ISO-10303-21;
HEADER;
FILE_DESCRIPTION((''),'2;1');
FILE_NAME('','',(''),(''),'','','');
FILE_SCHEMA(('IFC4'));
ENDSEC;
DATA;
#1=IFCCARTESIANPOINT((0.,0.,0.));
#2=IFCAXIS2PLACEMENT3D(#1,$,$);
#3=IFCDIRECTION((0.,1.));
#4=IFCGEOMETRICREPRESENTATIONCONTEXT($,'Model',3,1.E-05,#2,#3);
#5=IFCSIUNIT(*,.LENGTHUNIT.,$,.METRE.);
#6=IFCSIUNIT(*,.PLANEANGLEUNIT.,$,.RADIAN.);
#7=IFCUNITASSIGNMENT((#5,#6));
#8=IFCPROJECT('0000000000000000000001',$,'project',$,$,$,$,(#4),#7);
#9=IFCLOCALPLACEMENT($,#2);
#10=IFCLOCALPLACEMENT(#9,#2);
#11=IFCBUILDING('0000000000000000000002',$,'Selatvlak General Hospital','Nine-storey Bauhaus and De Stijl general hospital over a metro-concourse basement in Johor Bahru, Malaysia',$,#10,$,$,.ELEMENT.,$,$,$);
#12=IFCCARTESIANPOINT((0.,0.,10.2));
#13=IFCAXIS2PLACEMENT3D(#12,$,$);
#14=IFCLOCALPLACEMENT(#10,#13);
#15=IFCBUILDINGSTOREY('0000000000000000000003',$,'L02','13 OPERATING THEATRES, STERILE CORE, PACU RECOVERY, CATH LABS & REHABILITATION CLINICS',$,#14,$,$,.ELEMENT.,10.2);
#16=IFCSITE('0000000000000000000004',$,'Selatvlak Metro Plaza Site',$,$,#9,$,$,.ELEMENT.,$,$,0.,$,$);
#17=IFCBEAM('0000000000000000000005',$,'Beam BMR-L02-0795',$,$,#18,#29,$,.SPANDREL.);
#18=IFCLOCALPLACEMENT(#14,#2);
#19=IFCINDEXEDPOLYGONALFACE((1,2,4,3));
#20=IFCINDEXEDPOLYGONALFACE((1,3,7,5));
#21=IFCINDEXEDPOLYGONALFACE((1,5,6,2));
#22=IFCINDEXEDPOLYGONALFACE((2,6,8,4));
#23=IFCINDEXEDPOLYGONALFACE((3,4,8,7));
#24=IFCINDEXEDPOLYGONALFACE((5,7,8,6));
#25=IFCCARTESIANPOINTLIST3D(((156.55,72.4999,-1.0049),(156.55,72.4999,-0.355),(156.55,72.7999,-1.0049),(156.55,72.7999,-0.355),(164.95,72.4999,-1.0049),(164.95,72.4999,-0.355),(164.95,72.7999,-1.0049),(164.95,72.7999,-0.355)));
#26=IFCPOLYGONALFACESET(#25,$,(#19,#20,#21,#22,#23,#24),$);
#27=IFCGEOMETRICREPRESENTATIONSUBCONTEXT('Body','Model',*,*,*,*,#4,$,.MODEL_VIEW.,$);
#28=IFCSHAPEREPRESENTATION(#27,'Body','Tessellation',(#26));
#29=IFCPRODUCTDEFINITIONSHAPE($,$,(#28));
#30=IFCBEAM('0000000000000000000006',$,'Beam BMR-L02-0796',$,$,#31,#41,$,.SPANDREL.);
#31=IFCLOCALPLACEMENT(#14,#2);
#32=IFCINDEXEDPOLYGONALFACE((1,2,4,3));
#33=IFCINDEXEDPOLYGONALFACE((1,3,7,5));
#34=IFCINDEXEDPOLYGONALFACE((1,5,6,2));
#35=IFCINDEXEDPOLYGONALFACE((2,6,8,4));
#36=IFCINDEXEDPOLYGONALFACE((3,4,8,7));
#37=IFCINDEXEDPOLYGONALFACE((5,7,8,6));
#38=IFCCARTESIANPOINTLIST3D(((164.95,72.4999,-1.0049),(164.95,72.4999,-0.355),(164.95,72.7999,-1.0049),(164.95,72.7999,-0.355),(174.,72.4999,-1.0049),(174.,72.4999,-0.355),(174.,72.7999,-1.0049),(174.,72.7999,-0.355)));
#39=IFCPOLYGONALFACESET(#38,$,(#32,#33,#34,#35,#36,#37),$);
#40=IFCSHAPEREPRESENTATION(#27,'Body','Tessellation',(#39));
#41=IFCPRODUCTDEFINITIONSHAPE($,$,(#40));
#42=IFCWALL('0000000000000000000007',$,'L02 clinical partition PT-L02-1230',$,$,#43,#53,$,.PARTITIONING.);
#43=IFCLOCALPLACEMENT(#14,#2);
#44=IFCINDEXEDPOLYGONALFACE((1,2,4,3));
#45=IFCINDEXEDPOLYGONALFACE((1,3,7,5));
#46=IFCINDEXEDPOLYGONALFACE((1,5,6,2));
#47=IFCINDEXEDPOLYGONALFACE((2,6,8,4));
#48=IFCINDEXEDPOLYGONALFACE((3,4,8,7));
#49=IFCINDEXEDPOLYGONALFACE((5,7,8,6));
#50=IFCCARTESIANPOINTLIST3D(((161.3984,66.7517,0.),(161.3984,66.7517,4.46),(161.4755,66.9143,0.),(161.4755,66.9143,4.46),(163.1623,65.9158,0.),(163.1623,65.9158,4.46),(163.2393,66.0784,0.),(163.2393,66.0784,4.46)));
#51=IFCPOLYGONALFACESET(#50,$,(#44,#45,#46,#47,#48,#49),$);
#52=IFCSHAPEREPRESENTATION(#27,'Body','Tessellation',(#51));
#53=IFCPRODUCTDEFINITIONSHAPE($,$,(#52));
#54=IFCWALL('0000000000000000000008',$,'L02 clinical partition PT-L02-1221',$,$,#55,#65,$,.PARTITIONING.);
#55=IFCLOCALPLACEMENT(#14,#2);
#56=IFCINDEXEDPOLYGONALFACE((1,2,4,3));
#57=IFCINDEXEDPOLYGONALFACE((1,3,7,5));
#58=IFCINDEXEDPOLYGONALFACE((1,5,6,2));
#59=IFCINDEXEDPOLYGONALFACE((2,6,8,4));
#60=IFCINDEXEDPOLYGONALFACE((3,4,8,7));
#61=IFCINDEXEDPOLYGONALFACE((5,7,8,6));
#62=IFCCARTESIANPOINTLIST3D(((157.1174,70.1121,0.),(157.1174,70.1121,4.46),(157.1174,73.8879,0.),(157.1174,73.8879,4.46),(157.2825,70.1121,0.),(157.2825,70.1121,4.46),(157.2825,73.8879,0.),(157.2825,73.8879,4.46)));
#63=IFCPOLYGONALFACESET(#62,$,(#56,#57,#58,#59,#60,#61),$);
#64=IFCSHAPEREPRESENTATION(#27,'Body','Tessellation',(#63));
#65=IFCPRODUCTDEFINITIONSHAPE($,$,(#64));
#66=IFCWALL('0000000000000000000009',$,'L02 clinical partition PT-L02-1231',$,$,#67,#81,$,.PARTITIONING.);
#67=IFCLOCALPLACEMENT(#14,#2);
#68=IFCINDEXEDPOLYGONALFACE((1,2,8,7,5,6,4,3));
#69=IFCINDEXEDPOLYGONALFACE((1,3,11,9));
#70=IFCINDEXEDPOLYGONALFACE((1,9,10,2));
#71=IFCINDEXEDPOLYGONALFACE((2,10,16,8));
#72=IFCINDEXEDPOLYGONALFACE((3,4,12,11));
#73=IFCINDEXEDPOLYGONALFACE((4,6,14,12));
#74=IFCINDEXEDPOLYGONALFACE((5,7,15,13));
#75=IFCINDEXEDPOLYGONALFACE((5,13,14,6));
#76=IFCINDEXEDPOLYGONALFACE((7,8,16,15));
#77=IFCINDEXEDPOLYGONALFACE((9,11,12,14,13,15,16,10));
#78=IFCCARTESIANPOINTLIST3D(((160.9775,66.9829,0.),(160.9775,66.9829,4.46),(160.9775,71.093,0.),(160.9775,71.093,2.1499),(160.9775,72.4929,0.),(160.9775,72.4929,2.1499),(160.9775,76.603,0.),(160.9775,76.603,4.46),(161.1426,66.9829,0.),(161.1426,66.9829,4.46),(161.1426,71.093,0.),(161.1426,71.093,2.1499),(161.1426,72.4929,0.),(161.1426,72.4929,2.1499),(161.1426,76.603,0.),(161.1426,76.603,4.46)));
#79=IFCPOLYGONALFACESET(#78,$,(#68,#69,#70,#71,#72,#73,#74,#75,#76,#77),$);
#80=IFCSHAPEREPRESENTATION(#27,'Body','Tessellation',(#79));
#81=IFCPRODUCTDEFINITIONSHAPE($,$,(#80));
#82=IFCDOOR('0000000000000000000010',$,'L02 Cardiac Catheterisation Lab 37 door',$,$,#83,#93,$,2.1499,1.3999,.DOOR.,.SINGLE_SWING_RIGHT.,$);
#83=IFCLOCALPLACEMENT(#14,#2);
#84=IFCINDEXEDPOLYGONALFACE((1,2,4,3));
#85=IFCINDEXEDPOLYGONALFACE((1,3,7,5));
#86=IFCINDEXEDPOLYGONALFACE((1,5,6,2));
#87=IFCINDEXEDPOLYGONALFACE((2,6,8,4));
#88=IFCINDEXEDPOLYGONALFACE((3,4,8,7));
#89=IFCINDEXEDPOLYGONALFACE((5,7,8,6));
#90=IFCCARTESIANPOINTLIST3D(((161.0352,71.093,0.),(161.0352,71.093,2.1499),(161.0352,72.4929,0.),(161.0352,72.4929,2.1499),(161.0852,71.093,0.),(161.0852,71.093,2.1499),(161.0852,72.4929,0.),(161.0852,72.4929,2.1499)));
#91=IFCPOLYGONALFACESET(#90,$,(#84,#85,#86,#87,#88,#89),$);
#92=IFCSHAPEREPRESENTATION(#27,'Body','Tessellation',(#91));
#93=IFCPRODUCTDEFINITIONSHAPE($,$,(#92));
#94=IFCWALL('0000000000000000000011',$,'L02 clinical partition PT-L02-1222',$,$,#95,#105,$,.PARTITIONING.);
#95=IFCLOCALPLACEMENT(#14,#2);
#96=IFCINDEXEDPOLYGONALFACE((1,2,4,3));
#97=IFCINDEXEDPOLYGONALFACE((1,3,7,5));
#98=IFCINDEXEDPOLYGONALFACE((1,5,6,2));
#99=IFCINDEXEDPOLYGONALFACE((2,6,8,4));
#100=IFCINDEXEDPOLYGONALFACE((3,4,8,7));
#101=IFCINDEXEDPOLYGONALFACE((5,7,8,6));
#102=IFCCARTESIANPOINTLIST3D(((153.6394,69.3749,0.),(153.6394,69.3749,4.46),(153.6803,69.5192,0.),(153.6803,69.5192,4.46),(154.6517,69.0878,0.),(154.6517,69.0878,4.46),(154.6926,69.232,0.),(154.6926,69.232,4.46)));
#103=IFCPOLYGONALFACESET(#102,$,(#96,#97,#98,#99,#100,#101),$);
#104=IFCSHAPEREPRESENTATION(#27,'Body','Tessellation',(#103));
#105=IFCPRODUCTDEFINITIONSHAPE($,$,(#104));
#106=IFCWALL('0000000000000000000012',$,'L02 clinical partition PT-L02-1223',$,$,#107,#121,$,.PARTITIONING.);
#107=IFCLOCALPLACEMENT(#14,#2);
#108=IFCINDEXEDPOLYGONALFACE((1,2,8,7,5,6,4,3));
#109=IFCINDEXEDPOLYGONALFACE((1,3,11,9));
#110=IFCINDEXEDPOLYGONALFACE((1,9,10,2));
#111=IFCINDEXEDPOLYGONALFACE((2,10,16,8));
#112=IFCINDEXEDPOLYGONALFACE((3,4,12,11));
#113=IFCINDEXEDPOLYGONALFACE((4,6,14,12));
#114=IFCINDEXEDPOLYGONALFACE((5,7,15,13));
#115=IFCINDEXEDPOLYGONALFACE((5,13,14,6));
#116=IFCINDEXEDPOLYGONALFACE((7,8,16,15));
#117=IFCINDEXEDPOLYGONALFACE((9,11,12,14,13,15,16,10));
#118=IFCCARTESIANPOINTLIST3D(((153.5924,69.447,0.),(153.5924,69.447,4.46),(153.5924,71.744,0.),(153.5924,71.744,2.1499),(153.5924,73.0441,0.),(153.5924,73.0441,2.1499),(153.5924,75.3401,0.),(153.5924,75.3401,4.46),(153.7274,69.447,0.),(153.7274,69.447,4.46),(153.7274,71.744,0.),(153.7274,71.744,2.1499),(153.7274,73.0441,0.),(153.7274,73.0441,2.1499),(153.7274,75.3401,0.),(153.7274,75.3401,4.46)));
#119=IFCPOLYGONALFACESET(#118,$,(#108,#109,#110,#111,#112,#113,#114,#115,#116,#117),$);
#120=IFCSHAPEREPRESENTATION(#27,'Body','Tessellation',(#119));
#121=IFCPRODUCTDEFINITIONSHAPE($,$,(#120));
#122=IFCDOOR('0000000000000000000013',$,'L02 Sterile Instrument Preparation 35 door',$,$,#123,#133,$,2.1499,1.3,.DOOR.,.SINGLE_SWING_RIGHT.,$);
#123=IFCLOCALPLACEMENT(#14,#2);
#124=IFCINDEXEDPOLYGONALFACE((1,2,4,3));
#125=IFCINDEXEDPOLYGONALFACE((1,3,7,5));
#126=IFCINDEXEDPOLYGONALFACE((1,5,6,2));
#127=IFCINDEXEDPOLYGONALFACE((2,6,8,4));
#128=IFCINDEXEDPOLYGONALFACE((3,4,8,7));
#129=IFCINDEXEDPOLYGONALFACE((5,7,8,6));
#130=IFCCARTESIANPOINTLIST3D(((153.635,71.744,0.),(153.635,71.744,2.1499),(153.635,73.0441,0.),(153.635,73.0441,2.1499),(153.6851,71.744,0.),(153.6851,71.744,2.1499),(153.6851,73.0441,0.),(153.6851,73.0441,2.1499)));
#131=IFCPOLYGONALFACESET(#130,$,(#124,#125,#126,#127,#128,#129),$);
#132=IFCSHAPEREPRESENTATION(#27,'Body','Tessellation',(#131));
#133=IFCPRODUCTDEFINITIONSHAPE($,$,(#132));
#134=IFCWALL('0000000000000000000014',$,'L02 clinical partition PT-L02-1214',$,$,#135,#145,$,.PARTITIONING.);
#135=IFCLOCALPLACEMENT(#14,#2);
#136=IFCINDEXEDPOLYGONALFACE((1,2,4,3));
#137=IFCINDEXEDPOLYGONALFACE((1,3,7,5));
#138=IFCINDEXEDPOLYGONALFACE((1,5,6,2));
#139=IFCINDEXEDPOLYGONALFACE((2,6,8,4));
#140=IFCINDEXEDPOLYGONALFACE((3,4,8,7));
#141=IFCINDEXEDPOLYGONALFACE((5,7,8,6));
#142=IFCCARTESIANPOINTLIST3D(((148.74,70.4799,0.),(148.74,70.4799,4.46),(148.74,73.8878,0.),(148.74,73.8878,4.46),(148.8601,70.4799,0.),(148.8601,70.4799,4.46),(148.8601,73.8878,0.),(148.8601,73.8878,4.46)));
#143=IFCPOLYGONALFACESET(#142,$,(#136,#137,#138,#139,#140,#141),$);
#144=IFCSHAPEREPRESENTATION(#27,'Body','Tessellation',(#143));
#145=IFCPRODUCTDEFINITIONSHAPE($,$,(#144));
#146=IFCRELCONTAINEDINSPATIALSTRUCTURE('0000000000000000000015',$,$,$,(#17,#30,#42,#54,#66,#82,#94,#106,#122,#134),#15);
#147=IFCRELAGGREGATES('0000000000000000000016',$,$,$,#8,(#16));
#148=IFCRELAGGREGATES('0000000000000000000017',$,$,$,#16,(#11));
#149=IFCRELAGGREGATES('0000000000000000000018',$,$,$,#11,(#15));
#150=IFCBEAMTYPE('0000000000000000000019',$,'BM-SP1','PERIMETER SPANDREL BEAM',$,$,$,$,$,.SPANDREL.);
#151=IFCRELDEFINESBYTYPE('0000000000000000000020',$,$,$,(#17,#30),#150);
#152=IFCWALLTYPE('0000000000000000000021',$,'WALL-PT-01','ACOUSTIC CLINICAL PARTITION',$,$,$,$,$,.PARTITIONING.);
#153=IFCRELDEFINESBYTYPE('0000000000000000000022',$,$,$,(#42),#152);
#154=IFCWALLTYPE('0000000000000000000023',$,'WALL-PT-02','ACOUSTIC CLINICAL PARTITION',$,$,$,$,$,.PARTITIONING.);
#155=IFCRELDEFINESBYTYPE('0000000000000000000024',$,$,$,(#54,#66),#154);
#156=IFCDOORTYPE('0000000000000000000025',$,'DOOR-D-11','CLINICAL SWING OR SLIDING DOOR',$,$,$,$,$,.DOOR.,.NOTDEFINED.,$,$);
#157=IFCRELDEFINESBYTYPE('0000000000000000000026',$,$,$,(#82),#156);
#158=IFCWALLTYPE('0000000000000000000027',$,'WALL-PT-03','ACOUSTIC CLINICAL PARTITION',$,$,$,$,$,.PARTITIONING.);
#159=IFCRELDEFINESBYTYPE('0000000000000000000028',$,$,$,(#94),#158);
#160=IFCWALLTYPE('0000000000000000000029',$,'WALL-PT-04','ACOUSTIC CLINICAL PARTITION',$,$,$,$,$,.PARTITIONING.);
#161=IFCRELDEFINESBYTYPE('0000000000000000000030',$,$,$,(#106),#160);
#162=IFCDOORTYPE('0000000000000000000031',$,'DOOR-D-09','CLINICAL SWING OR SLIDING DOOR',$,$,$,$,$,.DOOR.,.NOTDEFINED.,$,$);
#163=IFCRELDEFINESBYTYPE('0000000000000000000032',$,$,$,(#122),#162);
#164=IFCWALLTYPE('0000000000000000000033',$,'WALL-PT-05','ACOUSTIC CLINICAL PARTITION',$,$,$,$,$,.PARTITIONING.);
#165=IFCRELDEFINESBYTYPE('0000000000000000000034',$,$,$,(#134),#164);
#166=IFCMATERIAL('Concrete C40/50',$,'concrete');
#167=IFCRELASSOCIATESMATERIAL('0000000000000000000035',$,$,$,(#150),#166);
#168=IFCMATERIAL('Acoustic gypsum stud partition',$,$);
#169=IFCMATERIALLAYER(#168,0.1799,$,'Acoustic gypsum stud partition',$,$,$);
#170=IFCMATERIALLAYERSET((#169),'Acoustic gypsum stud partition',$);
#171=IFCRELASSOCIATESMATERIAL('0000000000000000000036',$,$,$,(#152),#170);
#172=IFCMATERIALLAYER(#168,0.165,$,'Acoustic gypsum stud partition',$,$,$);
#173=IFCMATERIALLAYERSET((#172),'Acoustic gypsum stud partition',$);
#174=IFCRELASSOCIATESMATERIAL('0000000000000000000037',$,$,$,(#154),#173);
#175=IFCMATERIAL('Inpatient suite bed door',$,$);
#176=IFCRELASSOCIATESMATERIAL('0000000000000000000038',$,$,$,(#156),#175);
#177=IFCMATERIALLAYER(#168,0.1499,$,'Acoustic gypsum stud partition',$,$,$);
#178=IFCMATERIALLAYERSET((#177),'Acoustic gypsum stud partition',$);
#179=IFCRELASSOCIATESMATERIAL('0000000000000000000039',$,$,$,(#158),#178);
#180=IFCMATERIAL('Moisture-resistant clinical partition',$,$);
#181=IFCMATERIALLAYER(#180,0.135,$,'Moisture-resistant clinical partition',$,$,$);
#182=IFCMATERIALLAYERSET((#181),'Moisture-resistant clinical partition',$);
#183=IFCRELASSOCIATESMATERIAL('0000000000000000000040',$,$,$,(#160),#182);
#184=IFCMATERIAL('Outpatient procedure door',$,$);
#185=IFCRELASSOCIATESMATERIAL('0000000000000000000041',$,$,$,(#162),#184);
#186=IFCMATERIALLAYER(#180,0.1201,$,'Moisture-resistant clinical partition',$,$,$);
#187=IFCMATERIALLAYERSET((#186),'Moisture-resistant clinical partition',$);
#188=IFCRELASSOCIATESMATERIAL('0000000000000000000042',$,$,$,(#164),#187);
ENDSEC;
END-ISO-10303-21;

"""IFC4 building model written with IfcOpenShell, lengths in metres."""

from ifc_helpers import new_model, si_unit, direction, frame, frame_2d, origin, origin_2d, place, context, subcontext, project, spatial, rectangle, extrude, material, layer, layer_set, material_profile, profile_set, type_object, element, fill, save


model = new_model("IFC4")

# Units and contexts
model_context = context("Model", 3, precision=1e-05, world=origin(), true_north=direction((0.0, 1.0)))
body_context = subcontext(model_context, "Body", "Model", "MODEL_VIEW")
ifc_project = project(units=[si_unit("LENGTHUNIT", "METRE"), si_unit("PLANEANGLEUNIT", "RADIAN")], contexts=[model_context])

# Site, building, storey
site_placement = place(None, origin())
site = spatial("IfcSite", under=ifc_project, at=site_placement, Name="Selatvlak Metro Plaza Site", CompositionType="ELEMENT", RefElevation=0.0)
building_placement = place(site_placement, origin())
building = spatial("IfcBuilding", under=site, at=building_placement, Name="Selatvlak General Hospital", Description="Nine-storey Bauhaus and De Stijl general hospital over a metro-concourse basement in Johor Bahru, Malaysia", CompositionType="ELEMENT")
storey_placement = place(building_placement, frame((0.0, 0.0, 10.2)))
storey = spatial("IfcBuildingStorey", under=building, at=storey_placement, Name="L02", Description="13 OPERATING THEATRES, STERILE CORE, PACU RECOVERY, CATH LABS & REHABILITATION CLINICS", CompositionType="ELEMENT", Elevation=10.2)

# Beams
ifc_material_1 = material(Name="Concrete C40/50", Category="concrete")
ifc_material_profile_1 = material_profile(ifc_material_1, rectangle(XDim=0.3, YDim=0.6499, at=origin_2d()), Name="RC-SP 300x650")
ifc_profile_set_1 = profile_set([ifc_material_profile_1], Name="Concrete C40/50")
beam_type_1 = type_object("IfcBeamType", Name="BM-SP1", Description="PERIMETER SPANDREL BEAM", PredefinedType="SPANDREL", material=ifc_profile_set_1)
beam_1_placement = place(storey_placement, frame((156.55, 72.6499, -0.6799), z_axis=(1.0, 0.0, 0.0), x_axis=(0.0, 1.0, 0.0)))
element("IfcBeam", 1, at=beam_1_placement, inside=storey, type_object=beam_type_1, Name="Beam BMR-L02-0795", PredefinedType="SPANDREL", context=body_context, shape_type="SweptSolid", body=[
    extrude(rectangle(XDim=0.3, YDim=0.6499, at=origin_2d()), origin(), (0.0, 0.0, 1.0), 8.3999),
])
beam_2_placement = place(storey_placement, frame((164.95, 72.6499, -0.6799), z_axis=(1.0, 0.0, 0.0), x_axis=(0.0, 1.0, 0.0)))
element("IfcBeam", 2, at=beam_2_placement, inside=storey, type_object=beam_type_1, Name="Beam BMR-L02-0796", PredefinedType="SPANDREL", context=body_context, shape_type="SweptSolid", body=[
    extrude(rectangle(XDim=0.3, YDim=0.6499, at=origin_2d()), origin(), (0.0, 0.0, 1.0), 9.05),
])

# Walls
ifc_material_2 = material(Name="Acoustic gypsum stud partition")
ifc_layer_1 = layer(ifc_material_2, 0.1799, Name="Acoustic gypsum stud partition")
ifc_layer_set_1 = layer_set([ifc_layer_1], Name="Acoustic gypsum stud partition")
wall_type_1 = type_object("IfcWallType", Name="WALL-PT-01", Description="ACOUSTIC CLINICAL PARTITION", PredefinedType="PARTITIONING", material=ifc_layer_set_1)
wall_1_placement = place(storey_placement, frame((163.2009, 65.9971, 0.0), z_axis=(0.0, 0.0, 1.0), x_axis=(-0.903659, 0.428253, 0.0)))
element("IfcWall", 3, at=wall_1_placement, inside=storey, type_object=wall_type_1, Name="L02 clinical partition PT-L02-1230", PredefinedType="PARTITIONING", context=body_context, shape_type="SweptSolid", body=[
    extrude(rectangle(XDim=1.9519, YDim=0.1799, at=frame_2d((0.9761, 0.0))), origin(), (0.0, 0.0, 1.0), 4.46),
])
ifc_layer_2 = layer(ifc_material_2, 0.165, Name="Acoustic gypsum stud partition")
ifc_layer_set_2 = layer_set([ifc_layer_2], Name="Acoustic gypsum stud partition")
wall_type_2 = type_object("IfcWallType", Name="WALL-PT-02", Description="ACOUSTIC CLINICAL PARTITION", PredefinedType="PARTITIONING", material=ifc_layer_set_2)
wall_2_placement = place(storey_placement, frame((157.2, 73.8879, 0.0), z_axis=(0.0, 0.0, 1.0), x_axis=(0.0, -1.0, 0.0)))
element("IfcWall", 4, at=wall_2_placement, inside=storey, type_object=wall_type_2, Name="L02 clinical partition PT-L02-1221", PredefinedType="PARTITIONING", context=body_context, shape_type="SweptSolid", body=[
    extrude(rectangle(XDim=3.7759, YDim=0.165, at=frame_2d((1.8879, 0.0))), origin(), (0.0, 0.0, 1.0), 4.46),
])

# Wall, opening, door
wall_3_placement = place(storey_placement, frame((161.0601, 66.9829, 0.0), z_axis=(0.0, 0.0, 1.0), x_axis=(0.0, 1.0, 0.0)))
wall_3 = element("IfcWall", 5, at=wall_3_placement, inside=storey, type_object=wall_type_2, Name="L02 clinical partition PT-L02-1231", PredefinedType="PARTITIONING", context=body_context, shape_type="SweptSolid", body=[
    extrude(rectangle(XDim=9.6201, YDim=0.165, at=frame_2d((4.8101, 0.0))), origin(), (0.0, 0.0, 1.0), 4.46),
])
opening_1_placement = place(wall_3_placement, frame((4.1101, 0.0, 0.0)))
opening_1 = element("IfcOpeningElement", 6, at=opening_1_placement, cuts=wall_3, PredefinedType="OPENING", context=body_context, shape_type="SweptSolid", body=[
    extrude(rectangle(XDim=1.3999, YDim=2.1499, at=frame_2d((0.7, 1.075))), frame((0.0, 0.0925, 0.0), z_axis=(0.0, -1.0, 0.0), x_axis=(1.0, 0.0, 0.0)), (0.0, 0.0, 1.0), 0.1851),
])
ifc_material_3 = material(Name="Inpatient suite bed door")
door_type_1 = type_object("IfcDoorType", Name="DOOR-D-11", Description="CLINICAL SWING OR SLIDING DOOR", OperationType="NOTDEFINED", PredefinedType="DOOR", material=ifc_material_3)
door_1_placement = place(opening_1_placement, origin())
door_1 = element("IfcDoor", 7, at=door_1_placement, inside=storey, type_object=door_type_1, Name="L02 Cardiac Catheterisation Lab 37 door", OperationType="SINGLE_SWING_RIGHT", OverallHeight=2.1499, OverallWidth=1.3999, PredefinedType="DOOR", context=body_context, shape_type="SweptSolid", body=[
    extrude(rectangle(XDim=1.3999, YDim=2.1499, at=frame_2d((0.7, 1.075))), frame((0.0, 0.0249, 0.0), z_axis=(0.0, -1.0, 0.0), x_axis=(1.0, 0.0, 0.0)), (0.0, 0.0, 1.0), 0.05),
])
fill(opening_1, door_1)

# Wall
ifc_layer_3 = layer(ifc_material_2, 0.1499, Name="Acoustic gypsum stud partition")
ifc_layer_set_3 = layer_set([ifc_layer_3], Name="Acoustic gypsum stud partition")
wall_type_3 = type_object("IfcWallType", Name="WALL-PT-03", Description="ACOUSTIC CLINICAL PARTITION", PredefinedType="PARTITIONING", material=ifc_layer_set_3)
wall_4_placement = place(storey_placement, frame((154.6721, 69.1599, 0.0), z_axis=(0.0, 0.0, 1.0), x_axis=(-0.962048, 0.272882, 0.0)))
element("IfcWall", 8, at=wall_4_placement, inside=storey, type_object=wall_type_3, Name="L02 clinical partition PT-L02-1222", PredefinedType="PARTITIONING", context=body_context, shape_type="SweptSolid", body=[
    extrude(rectangle(XDim=1.0522, YDim=0.1499, at=frame_2d((0.5261, 0.0))), origin(), (0.0, 0.0, 1.0), 4.46),
])

# Wall, opening, door
ifc_material_4 = material(Name="Moisture-resistant clinical partition")
ifc_layer_4 = layer(ifc_material_4, 0.135, Name="Moisture-resistant clinical partition")
ifc_layer_set_4 = layer_set([ifc_layer_4], Name="Moisture-resistant clinical partition")
wall_type_4 = type_object("IfcWallType", Name="WALL-PT-04", Description="ACOUSTIC CLINICAL PARTITION", PredefinedType="PARTITIONING", material=ifc_layer_set_4)
wall_5_placement = place(storey_placement, frame((153.6599, 69.447, 0.0), z_axis=(0.0, 0.0, 1.0), x_axis=(0.0, 1.0, 0.0)))
wall_5 = element("IfcWall", 9, at=wall_5_placement, inside=storey, type_object=wall_type_4, Name="L02 clinical partition PT-L02-1223", PredefinedType="PARTITIONING", context=body_context, shape_type="SweptSolid", body=[
    extrude(rectangle(XDim=5.8931, YDim=0.135, at=frame_2d((2.9465, 0.0))), origin(), (0.0, 0.0, 1.0), 4.46),
])
opening_2_placement = place(wall_5_placement, frame((2.2971, 0.0, 0.0)))
opening_2 = element("IfcOpeningElement", 10, at=opening_2_placement, cuts=wall_5, PredefinedType="OPENING", context=body_context, shape_type="SweptSolid", body=[
    extrude(rectangle(XDim=1.3, YDim=2.1499, at=frame_2d((0.6499, 1.075))), frame((0.0, 0.0774, 0.0), z_axis=(0.0, -1.0, 0.0), x_axis=(1.0, 0.0, 0.0)), (0.0, 0.0, 1.0), 0.155),
])
ifc_material_5 = material(Name="Outpatient procedure door")
door_type_2 = type_object("IfcDoorType", Name="DOOR-D-09", Description="CLINICAL SWING OR SLIDING DOOR", OperationType="NOTDEFINED", PredefinedType="DOOR", material=ifc_material_5)
door_2_placement = place(opening_2_placement, origin())
door_2 = element("IfcDoor", 11, at=door_2_placement, inside=storey, type_object=door_type_2, Name="L02 Sterile Instrument Preparation 35 door", OperationType="SINGLE_SWING_RIGHT", OverallHeight=2.1499, OverallWidth=1.3, PredefinedType="DOOR", context=body_context, shape_type="SweptSolid", body=[
    extrude(rectangle(XDim=1.3, YDim=2.1499, at=frame_2d((0.6499, 1.075))), frame((0.0, 0.0249, 0.0), z_axis=(0.0, -1.0, 0.0), x_axis=(1.0, 0.0, 0.0)), (0.0, 0.0, 1.0), 0.05),
])
fill(opening_2, door_2)

# Wall
ifc_layer_5 = layer(ifc_material_4, 0.1201, Name="Moisture-resistant clinical partition")
ifc_layer_set_5 = layer_set([ifc_layer_5], Name="Moisture-resistant clinical partition")
wall_type_5 = type_object("IfcWallType", Name="WALL-PT-05", Description="ACOUSTIC CLINICAL PARTITION", PredefinedType="PARTITIONING", material=ifc_layer_set_5)
wall_6_placement = place(storey_placement, frame((148.8, 73.8879, 0.0), z_axis=(0.0, 0.0, 1.0), x_axis=(0.0, -1.0, 0.0)))
element("IfcWall", 12, at=wall_6_placement, inside=storey, type_object=wall_type_5, Name="L02 clinical partition PT-L02-1214", PredefinedType="PARTITIONING", context=body_context, shape_type="SweptSolid", body=[
    extrude(rectangle(XDim=3.408, YDim=0.1201, at=frame_2d((1.7041, 0.0))), origin(), (0.0, 0.0, 1.0), 4.46),
])

save(model, "model.ifc")
